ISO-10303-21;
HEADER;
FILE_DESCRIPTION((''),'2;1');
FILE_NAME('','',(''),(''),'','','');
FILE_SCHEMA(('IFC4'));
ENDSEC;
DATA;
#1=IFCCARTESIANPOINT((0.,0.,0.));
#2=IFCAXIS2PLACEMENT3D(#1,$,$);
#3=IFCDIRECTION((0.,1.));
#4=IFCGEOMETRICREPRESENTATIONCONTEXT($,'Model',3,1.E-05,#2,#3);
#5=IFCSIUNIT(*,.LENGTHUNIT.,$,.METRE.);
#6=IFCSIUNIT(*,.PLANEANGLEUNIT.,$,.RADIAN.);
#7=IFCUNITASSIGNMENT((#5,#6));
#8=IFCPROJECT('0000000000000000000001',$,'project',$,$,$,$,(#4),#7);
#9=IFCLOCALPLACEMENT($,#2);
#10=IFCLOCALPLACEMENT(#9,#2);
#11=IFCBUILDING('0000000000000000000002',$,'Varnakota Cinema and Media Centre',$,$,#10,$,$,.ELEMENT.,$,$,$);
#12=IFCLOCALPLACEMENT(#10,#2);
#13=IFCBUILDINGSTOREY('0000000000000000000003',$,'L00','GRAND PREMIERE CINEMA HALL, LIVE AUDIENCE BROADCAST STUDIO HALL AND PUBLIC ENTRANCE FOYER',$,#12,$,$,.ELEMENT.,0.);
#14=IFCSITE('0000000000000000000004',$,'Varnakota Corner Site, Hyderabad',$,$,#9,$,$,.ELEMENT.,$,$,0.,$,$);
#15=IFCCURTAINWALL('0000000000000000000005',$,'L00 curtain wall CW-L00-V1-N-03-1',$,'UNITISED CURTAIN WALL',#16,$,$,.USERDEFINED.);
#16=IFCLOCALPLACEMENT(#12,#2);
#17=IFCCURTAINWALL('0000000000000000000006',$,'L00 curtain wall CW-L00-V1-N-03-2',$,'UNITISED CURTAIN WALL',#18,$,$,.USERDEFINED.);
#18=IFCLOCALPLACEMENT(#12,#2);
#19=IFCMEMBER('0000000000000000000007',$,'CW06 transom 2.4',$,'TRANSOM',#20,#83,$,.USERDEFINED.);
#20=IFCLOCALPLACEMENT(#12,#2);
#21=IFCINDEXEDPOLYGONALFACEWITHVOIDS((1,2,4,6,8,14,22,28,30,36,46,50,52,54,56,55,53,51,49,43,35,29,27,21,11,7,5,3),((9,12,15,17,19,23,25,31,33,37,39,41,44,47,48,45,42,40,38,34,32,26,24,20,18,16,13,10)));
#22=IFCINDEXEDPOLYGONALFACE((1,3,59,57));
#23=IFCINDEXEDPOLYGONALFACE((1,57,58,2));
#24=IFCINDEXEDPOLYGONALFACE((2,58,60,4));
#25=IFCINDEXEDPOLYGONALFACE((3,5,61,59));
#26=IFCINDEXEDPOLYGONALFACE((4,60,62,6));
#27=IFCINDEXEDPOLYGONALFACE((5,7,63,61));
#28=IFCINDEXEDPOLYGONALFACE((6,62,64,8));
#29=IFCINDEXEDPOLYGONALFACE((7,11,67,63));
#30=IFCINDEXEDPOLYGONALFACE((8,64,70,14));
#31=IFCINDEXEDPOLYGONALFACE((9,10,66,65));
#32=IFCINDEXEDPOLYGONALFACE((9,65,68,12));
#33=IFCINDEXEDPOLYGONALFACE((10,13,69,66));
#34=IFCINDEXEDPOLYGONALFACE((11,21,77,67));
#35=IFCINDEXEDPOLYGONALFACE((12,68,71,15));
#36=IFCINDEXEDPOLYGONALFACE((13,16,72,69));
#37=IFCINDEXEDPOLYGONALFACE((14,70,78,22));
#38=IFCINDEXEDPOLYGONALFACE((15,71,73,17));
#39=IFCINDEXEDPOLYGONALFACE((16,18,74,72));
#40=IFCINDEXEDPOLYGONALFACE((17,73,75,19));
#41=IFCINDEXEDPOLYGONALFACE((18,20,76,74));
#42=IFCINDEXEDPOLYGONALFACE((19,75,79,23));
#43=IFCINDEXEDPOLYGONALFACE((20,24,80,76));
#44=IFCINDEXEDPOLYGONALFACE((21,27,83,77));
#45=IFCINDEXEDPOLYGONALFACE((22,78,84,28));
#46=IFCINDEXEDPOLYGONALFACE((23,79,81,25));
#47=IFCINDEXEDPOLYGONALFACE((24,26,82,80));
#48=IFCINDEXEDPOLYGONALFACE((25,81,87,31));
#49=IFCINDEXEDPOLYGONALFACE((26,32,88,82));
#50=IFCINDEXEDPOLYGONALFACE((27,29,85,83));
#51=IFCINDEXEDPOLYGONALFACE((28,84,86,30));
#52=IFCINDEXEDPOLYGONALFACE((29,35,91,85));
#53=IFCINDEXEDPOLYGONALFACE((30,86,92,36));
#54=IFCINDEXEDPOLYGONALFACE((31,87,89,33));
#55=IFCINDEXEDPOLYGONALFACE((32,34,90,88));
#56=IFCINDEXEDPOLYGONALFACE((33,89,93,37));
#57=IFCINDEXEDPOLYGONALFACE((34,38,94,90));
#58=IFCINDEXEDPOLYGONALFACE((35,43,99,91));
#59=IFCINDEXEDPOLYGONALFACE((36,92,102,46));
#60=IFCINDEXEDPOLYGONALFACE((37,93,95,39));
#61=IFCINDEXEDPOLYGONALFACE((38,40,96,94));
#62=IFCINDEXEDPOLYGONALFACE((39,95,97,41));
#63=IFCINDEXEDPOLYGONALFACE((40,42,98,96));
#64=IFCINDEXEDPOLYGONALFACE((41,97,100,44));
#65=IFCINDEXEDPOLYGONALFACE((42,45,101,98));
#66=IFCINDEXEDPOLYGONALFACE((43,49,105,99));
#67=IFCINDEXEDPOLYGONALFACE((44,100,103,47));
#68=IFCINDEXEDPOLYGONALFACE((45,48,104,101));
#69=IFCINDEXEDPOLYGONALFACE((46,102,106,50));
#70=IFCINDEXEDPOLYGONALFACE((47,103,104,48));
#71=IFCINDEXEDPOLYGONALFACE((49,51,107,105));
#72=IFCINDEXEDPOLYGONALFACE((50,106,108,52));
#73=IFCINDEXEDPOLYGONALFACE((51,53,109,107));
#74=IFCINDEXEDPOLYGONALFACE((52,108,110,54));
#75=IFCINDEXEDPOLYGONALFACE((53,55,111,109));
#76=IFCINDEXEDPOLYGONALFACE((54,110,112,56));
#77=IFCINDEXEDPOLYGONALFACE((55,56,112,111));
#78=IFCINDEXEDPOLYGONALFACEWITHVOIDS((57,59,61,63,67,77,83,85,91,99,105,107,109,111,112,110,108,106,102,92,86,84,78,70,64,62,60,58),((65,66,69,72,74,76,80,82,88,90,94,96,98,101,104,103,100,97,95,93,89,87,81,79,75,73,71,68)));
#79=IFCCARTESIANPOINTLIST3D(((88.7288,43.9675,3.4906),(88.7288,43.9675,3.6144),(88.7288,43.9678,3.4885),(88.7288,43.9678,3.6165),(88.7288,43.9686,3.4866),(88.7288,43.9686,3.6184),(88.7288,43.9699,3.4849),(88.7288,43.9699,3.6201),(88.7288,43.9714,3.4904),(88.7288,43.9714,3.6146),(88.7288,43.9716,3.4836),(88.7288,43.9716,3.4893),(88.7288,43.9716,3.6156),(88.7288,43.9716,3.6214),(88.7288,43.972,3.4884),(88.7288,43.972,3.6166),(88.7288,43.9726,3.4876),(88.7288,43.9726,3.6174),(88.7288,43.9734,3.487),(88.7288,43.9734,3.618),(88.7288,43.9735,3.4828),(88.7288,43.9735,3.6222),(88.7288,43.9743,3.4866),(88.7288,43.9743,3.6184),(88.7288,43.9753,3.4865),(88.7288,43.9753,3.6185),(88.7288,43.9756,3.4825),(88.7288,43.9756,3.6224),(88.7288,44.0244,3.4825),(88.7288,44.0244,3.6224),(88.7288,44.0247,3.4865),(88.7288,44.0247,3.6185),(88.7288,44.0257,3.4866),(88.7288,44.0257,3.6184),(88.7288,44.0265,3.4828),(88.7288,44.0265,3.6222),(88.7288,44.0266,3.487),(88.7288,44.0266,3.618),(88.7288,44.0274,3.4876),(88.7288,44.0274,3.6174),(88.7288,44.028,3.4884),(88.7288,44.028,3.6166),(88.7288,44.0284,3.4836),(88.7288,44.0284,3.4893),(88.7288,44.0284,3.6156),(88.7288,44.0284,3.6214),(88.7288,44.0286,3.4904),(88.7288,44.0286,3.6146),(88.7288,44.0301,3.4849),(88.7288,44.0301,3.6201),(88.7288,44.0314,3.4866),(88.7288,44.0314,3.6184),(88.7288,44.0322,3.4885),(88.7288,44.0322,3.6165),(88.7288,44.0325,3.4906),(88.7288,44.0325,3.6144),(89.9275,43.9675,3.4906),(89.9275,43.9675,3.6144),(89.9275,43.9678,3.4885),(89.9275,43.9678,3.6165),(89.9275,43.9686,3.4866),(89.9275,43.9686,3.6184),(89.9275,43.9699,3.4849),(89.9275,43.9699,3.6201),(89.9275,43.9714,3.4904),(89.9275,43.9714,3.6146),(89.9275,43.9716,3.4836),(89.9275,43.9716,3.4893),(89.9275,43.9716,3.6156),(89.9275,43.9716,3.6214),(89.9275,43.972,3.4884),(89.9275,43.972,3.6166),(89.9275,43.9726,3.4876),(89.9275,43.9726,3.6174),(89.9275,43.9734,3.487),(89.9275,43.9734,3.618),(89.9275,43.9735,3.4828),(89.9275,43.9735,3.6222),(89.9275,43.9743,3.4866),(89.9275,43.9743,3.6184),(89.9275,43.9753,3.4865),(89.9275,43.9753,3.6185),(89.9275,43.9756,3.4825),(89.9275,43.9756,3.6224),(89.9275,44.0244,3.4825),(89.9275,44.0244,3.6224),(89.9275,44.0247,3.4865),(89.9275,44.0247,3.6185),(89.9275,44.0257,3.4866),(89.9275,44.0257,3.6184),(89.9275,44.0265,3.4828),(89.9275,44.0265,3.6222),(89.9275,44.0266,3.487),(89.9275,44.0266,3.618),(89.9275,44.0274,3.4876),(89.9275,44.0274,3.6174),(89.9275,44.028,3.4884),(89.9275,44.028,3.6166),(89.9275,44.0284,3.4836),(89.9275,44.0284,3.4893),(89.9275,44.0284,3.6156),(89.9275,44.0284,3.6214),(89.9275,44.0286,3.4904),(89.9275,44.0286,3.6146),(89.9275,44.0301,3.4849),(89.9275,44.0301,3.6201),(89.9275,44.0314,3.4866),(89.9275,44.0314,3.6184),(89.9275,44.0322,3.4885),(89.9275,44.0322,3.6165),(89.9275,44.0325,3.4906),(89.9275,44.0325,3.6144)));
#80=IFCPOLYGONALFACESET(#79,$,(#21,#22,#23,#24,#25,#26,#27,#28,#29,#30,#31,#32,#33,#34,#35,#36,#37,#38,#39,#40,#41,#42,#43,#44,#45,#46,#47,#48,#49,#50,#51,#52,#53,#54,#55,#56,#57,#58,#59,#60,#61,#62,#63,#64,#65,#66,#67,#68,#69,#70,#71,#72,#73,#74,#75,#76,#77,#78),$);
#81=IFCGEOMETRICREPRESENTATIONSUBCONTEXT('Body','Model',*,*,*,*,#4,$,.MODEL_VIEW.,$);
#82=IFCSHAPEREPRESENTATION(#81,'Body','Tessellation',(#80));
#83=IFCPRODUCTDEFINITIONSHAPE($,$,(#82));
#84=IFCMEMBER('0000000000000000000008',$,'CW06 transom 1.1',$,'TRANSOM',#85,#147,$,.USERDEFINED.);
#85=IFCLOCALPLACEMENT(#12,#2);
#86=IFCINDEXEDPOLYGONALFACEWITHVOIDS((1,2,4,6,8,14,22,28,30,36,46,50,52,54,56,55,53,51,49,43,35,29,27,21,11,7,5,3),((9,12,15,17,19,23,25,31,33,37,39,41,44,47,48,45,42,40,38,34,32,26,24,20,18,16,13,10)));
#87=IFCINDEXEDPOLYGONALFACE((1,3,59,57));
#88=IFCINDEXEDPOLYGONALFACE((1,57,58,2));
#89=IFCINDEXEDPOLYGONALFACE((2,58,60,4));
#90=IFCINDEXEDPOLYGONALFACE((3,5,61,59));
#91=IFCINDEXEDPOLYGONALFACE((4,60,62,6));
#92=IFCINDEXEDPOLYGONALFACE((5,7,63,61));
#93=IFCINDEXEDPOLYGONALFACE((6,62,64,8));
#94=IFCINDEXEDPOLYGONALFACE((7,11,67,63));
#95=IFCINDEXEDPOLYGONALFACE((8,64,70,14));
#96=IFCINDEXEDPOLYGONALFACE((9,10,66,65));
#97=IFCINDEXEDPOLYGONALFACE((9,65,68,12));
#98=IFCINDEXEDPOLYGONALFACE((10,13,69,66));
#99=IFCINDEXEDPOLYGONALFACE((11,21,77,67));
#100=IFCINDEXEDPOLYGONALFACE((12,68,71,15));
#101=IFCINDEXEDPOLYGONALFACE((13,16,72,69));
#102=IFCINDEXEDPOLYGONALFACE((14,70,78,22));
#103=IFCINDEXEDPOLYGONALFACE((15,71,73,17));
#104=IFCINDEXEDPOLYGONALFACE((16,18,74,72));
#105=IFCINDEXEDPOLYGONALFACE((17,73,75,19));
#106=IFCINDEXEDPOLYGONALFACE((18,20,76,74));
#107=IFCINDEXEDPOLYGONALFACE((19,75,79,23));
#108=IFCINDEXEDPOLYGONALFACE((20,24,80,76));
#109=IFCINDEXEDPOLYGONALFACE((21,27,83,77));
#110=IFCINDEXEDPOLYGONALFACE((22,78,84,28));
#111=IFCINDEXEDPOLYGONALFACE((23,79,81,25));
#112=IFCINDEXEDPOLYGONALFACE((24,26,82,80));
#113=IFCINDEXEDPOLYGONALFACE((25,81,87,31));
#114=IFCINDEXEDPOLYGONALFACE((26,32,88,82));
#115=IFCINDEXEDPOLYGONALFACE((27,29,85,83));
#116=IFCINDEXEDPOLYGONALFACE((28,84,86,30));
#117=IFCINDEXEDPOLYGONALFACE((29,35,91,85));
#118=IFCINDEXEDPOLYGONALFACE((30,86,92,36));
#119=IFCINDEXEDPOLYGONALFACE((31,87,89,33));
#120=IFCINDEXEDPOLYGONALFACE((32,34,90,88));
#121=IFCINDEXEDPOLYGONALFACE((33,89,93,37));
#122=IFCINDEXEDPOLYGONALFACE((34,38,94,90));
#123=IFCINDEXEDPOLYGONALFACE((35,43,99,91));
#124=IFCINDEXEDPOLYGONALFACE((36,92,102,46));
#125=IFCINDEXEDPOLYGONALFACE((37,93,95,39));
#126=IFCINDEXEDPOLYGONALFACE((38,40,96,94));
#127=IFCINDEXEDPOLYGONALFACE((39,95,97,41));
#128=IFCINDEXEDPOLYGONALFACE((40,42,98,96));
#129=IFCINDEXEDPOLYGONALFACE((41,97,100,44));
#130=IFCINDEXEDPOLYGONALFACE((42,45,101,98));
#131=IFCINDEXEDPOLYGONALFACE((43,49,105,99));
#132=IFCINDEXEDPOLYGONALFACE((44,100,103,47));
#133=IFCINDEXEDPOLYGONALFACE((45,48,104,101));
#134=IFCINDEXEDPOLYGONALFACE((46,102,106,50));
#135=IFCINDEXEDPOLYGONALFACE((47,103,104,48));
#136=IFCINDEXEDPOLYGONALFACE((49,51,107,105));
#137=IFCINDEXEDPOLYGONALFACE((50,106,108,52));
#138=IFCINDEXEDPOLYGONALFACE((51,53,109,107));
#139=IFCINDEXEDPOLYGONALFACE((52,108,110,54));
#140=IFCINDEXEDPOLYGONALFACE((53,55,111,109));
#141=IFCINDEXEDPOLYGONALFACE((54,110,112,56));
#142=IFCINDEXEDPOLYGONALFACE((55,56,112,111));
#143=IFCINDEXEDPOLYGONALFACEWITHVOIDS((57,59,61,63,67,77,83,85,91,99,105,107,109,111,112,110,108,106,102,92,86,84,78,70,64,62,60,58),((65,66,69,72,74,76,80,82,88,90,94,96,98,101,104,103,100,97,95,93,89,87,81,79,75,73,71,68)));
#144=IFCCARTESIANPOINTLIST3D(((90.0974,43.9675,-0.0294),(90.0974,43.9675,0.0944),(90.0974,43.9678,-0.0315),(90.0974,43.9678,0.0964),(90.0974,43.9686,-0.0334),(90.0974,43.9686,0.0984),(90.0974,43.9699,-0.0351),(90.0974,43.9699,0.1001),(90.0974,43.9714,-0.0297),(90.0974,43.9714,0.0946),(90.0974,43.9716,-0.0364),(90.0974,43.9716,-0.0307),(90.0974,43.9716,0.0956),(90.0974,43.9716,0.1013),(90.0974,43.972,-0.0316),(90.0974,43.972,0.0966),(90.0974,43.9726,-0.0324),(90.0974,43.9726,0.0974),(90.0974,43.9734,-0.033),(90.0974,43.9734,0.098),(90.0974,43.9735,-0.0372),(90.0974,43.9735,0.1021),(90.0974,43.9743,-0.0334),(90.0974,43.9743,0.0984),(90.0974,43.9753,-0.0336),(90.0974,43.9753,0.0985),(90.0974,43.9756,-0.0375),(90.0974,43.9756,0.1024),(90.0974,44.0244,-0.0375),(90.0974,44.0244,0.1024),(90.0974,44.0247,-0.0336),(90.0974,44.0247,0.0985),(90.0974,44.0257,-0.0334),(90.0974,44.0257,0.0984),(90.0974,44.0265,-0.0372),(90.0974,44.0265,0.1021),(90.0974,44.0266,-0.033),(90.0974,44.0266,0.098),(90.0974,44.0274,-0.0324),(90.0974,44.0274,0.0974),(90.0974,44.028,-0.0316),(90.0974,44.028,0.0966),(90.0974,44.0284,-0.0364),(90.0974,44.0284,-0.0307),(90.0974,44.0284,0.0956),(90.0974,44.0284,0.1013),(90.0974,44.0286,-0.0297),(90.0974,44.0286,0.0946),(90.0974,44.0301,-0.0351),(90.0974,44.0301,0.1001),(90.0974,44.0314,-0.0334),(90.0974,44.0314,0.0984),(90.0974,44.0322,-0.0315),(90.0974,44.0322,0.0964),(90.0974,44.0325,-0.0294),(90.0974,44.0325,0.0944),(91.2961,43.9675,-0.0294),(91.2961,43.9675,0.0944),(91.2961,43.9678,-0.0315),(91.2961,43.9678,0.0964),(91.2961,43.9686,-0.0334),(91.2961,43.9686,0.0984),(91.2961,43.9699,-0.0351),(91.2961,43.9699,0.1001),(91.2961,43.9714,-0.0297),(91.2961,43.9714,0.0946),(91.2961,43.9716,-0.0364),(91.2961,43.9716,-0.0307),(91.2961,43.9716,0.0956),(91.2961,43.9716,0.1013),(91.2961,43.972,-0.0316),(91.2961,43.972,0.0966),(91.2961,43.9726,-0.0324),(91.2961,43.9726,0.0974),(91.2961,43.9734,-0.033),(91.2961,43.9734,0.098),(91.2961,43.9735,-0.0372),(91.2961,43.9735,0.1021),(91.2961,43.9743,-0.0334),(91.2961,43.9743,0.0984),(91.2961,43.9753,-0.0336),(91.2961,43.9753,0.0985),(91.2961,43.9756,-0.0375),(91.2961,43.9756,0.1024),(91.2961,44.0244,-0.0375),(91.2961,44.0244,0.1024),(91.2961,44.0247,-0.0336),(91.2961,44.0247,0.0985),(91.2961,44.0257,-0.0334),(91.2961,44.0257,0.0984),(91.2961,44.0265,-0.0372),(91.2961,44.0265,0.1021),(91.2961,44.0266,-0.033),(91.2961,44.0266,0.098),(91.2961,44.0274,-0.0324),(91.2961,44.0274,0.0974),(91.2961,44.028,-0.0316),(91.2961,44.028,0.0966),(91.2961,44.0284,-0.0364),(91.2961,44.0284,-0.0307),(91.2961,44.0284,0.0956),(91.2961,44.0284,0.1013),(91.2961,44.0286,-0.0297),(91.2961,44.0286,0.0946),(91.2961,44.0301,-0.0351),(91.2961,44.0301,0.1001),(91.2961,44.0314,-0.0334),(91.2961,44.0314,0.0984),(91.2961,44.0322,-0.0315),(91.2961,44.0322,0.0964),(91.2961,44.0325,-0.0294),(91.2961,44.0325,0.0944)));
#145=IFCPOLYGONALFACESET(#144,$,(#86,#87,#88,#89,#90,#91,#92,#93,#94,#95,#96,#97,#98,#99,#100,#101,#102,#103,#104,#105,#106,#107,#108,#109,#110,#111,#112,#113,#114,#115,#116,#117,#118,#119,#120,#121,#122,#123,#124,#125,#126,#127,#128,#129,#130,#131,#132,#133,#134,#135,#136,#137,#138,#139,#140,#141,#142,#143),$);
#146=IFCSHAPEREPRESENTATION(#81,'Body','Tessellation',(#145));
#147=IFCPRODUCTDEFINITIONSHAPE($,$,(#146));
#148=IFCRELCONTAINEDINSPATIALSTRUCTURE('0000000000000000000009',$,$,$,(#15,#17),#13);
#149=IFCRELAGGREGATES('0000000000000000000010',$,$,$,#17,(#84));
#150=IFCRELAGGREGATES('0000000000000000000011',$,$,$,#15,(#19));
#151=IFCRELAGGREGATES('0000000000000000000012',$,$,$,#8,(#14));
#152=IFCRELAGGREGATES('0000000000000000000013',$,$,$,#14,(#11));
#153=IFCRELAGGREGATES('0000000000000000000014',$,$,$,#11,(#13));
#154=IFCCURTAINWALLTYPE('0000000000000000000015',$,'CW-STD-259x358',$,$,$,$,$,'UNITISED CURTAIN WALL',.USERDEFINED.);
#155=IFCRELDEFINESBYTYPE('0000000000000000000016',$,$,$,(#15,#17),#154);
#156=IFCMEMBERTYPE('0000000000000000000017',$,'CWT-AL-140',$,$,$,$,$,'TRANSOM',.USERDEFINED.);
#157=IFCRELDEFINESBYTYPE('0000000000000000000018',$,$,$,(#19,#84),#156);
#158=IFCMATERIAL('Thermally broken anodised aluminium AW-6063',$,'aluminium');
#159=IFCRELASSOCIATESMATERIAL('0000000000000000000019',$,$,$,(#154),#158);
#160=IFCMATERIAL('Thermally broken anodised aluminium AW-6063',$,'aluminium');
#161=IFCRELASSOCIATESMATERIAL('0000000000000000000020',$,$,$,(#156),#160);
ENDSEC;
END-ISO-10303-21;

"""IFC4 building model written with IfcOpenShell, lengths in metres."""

from ifc_helpers import new_model, si_unit, direction, frame, origin, origin_2d, place, context, subcontext, project, spatial, hollow_rectangle, extrude, material, material_profile, profile_set, type_object, element, aggregate, save


model = new_model("IFC4")

# Units and contexts
model_context = context("Model", 3, precision=1e-05, world=origin(), true_north=direction((0.0, 1.0)))
body_context = subcontext(model_context, "Body", "Model", "MODEL_VIEW")
ifc_project = project(units=[si_unit("LENGTHUNIT", "METRE"), si_unit("PLANEANGLEUNIT", "RADIAN")], contexts=[model_context])

# Site, building, storey
site_placement = place(None, origin())
site = spatial("IfcSite", under=ifc_project, at=site_placement, Name="Varnakota Corner Site, Hyderabad", CompositionType="ELEMENT", RefElevation=0.0)
building_placement = place(site_placement, origin())
building = spatial("IfcBuilding", under=site, at=building_placement, Name="Varnakota Cinema and Media Centre", CompositionType="ELEMENT")
storey_placement = place(building_placement, origin())
storey = spatial("IfcBuildingStorey", under=building, at=storey_placement, Name="L00", Description="GRAND PREMIERE CINEMA HALL, LIVE AUDIENCE BROADCAST STUDIO HALL AND PUBLIC ENTRANCE FOYER", CompositionType="ELEMENT", Elevation=0.0)

# Curtain wall
ifc_material_1 = material(Name="Thermally broken anodised aluminium AW-6063", Category="aluminium")
curtain_wall_type = type_object("IfcCurtainWallType", Name="CW-STD-259x358", ElementType="UNITISED CURTAIN WALL", PredefinedType="USERDEFINED", material=ifc_material_1)
curtain_wall_1_placement = place(storey_placement, origin())
curtain_wall_1 = element("IfcCurtainWall", 1, at=curtain_wall_1_placement, inside=storey, type_object=curtain_wall_type, Name="L00 curtain wall CW-L00-V1-N-03-1", ObjectType="UNITISED CURTAIN WALL", PredefinedType="USERDEFINED")

# Curtain wall
curtain_wall_2_placement = place(storey_placement, origin())
curtain_wall_2 = element("IfcCurtainWall", 2, at=curtain_wall_2_placement, inside=storey, type_object=curtain_wall_type, Name="L00 curtain wall CW-L00-V1-N-03-2", ObjectType="UNITISED CURTAIN WALL", PredefinedType="USERDEFINED")

# Members
ifc_material_2 = material(Name="Thermally broken anodised aluminium AW-6063", Category="aluminium")
ifc_material_profile_1 = material_profile(ifc_material_2, hollow_rectangle(XDim=0.0649, YDim=0.1399, WallThickness=0.0039, InnerFilletRadius=0.0039, OuterFilletRadius=0.0081, at=origin_2d()), Name="AL-TRANSOM 140x65x4")
ifc_profile_set_1 = profile_set([ifc_material_profile_1], Name="Thermally broken anodised aluminium AW-6063")
member_type_1 = type_object("IfcMemberType", Name="CWT-AL-140", ElementType="TRANSOM", PredefinedType="USERDEFINED", material=ifc_profile_set_1)
member_1_placement = place(storey_placement, frame((88.7288, 44.0, 3.5525), z_axis=(1.0, 0.0, 0.0), x_axis=(0.0, 1.0, 0.0)))
member_1 = element("IfcMember", 3, at=member_1_placement, type_object=member_type_1, Name="CW06 transom 2.4", ObjectType="TRANSOM", PredefinedType="USERDEFINED", context=body_context, shape_type="SweptSolid", body=[
    extrude(hollow_rectangle(XDim=0.0649, YDim=0.1399, WallThickness=0.0039, InnerFilletRadius=0.0039, OuterFilletRadius=0.0081, at=origin_2d()), origin(), (0.0, 0.0, 1.0), 1.1987),
])
member_2_placement = place(storey_placement, frame((90.0974, 44.0, 0.0325), z_axis=(1.0, 0.0, 0.0), x_axis=(0.0, 1.0, 0.0)))
member_2 = element("IfcMember", 4, at=member_2_placement, type_object=member_type_1, Name="CW06 transom 1.1", ObjectType="TRANSOM", PredefinedType="USERDEFINED", context=body_context, shape_type="SweptSolid", body=[
    extrude(hollow_rectangle(XDim=0.0649, YDim=0.1399, WallThickness=0.0039, InnerFilletRadius=0.0039, OuterFilletRadius=0.0081, at=origin_2d()), origin(), (0.0, 0.0, 1.0), 1.1987),
])
aggregate(curtain_wall_2, [member_2])

aggregate(curtain_wall_1, [member_1])

save(model, "model.ifc")
